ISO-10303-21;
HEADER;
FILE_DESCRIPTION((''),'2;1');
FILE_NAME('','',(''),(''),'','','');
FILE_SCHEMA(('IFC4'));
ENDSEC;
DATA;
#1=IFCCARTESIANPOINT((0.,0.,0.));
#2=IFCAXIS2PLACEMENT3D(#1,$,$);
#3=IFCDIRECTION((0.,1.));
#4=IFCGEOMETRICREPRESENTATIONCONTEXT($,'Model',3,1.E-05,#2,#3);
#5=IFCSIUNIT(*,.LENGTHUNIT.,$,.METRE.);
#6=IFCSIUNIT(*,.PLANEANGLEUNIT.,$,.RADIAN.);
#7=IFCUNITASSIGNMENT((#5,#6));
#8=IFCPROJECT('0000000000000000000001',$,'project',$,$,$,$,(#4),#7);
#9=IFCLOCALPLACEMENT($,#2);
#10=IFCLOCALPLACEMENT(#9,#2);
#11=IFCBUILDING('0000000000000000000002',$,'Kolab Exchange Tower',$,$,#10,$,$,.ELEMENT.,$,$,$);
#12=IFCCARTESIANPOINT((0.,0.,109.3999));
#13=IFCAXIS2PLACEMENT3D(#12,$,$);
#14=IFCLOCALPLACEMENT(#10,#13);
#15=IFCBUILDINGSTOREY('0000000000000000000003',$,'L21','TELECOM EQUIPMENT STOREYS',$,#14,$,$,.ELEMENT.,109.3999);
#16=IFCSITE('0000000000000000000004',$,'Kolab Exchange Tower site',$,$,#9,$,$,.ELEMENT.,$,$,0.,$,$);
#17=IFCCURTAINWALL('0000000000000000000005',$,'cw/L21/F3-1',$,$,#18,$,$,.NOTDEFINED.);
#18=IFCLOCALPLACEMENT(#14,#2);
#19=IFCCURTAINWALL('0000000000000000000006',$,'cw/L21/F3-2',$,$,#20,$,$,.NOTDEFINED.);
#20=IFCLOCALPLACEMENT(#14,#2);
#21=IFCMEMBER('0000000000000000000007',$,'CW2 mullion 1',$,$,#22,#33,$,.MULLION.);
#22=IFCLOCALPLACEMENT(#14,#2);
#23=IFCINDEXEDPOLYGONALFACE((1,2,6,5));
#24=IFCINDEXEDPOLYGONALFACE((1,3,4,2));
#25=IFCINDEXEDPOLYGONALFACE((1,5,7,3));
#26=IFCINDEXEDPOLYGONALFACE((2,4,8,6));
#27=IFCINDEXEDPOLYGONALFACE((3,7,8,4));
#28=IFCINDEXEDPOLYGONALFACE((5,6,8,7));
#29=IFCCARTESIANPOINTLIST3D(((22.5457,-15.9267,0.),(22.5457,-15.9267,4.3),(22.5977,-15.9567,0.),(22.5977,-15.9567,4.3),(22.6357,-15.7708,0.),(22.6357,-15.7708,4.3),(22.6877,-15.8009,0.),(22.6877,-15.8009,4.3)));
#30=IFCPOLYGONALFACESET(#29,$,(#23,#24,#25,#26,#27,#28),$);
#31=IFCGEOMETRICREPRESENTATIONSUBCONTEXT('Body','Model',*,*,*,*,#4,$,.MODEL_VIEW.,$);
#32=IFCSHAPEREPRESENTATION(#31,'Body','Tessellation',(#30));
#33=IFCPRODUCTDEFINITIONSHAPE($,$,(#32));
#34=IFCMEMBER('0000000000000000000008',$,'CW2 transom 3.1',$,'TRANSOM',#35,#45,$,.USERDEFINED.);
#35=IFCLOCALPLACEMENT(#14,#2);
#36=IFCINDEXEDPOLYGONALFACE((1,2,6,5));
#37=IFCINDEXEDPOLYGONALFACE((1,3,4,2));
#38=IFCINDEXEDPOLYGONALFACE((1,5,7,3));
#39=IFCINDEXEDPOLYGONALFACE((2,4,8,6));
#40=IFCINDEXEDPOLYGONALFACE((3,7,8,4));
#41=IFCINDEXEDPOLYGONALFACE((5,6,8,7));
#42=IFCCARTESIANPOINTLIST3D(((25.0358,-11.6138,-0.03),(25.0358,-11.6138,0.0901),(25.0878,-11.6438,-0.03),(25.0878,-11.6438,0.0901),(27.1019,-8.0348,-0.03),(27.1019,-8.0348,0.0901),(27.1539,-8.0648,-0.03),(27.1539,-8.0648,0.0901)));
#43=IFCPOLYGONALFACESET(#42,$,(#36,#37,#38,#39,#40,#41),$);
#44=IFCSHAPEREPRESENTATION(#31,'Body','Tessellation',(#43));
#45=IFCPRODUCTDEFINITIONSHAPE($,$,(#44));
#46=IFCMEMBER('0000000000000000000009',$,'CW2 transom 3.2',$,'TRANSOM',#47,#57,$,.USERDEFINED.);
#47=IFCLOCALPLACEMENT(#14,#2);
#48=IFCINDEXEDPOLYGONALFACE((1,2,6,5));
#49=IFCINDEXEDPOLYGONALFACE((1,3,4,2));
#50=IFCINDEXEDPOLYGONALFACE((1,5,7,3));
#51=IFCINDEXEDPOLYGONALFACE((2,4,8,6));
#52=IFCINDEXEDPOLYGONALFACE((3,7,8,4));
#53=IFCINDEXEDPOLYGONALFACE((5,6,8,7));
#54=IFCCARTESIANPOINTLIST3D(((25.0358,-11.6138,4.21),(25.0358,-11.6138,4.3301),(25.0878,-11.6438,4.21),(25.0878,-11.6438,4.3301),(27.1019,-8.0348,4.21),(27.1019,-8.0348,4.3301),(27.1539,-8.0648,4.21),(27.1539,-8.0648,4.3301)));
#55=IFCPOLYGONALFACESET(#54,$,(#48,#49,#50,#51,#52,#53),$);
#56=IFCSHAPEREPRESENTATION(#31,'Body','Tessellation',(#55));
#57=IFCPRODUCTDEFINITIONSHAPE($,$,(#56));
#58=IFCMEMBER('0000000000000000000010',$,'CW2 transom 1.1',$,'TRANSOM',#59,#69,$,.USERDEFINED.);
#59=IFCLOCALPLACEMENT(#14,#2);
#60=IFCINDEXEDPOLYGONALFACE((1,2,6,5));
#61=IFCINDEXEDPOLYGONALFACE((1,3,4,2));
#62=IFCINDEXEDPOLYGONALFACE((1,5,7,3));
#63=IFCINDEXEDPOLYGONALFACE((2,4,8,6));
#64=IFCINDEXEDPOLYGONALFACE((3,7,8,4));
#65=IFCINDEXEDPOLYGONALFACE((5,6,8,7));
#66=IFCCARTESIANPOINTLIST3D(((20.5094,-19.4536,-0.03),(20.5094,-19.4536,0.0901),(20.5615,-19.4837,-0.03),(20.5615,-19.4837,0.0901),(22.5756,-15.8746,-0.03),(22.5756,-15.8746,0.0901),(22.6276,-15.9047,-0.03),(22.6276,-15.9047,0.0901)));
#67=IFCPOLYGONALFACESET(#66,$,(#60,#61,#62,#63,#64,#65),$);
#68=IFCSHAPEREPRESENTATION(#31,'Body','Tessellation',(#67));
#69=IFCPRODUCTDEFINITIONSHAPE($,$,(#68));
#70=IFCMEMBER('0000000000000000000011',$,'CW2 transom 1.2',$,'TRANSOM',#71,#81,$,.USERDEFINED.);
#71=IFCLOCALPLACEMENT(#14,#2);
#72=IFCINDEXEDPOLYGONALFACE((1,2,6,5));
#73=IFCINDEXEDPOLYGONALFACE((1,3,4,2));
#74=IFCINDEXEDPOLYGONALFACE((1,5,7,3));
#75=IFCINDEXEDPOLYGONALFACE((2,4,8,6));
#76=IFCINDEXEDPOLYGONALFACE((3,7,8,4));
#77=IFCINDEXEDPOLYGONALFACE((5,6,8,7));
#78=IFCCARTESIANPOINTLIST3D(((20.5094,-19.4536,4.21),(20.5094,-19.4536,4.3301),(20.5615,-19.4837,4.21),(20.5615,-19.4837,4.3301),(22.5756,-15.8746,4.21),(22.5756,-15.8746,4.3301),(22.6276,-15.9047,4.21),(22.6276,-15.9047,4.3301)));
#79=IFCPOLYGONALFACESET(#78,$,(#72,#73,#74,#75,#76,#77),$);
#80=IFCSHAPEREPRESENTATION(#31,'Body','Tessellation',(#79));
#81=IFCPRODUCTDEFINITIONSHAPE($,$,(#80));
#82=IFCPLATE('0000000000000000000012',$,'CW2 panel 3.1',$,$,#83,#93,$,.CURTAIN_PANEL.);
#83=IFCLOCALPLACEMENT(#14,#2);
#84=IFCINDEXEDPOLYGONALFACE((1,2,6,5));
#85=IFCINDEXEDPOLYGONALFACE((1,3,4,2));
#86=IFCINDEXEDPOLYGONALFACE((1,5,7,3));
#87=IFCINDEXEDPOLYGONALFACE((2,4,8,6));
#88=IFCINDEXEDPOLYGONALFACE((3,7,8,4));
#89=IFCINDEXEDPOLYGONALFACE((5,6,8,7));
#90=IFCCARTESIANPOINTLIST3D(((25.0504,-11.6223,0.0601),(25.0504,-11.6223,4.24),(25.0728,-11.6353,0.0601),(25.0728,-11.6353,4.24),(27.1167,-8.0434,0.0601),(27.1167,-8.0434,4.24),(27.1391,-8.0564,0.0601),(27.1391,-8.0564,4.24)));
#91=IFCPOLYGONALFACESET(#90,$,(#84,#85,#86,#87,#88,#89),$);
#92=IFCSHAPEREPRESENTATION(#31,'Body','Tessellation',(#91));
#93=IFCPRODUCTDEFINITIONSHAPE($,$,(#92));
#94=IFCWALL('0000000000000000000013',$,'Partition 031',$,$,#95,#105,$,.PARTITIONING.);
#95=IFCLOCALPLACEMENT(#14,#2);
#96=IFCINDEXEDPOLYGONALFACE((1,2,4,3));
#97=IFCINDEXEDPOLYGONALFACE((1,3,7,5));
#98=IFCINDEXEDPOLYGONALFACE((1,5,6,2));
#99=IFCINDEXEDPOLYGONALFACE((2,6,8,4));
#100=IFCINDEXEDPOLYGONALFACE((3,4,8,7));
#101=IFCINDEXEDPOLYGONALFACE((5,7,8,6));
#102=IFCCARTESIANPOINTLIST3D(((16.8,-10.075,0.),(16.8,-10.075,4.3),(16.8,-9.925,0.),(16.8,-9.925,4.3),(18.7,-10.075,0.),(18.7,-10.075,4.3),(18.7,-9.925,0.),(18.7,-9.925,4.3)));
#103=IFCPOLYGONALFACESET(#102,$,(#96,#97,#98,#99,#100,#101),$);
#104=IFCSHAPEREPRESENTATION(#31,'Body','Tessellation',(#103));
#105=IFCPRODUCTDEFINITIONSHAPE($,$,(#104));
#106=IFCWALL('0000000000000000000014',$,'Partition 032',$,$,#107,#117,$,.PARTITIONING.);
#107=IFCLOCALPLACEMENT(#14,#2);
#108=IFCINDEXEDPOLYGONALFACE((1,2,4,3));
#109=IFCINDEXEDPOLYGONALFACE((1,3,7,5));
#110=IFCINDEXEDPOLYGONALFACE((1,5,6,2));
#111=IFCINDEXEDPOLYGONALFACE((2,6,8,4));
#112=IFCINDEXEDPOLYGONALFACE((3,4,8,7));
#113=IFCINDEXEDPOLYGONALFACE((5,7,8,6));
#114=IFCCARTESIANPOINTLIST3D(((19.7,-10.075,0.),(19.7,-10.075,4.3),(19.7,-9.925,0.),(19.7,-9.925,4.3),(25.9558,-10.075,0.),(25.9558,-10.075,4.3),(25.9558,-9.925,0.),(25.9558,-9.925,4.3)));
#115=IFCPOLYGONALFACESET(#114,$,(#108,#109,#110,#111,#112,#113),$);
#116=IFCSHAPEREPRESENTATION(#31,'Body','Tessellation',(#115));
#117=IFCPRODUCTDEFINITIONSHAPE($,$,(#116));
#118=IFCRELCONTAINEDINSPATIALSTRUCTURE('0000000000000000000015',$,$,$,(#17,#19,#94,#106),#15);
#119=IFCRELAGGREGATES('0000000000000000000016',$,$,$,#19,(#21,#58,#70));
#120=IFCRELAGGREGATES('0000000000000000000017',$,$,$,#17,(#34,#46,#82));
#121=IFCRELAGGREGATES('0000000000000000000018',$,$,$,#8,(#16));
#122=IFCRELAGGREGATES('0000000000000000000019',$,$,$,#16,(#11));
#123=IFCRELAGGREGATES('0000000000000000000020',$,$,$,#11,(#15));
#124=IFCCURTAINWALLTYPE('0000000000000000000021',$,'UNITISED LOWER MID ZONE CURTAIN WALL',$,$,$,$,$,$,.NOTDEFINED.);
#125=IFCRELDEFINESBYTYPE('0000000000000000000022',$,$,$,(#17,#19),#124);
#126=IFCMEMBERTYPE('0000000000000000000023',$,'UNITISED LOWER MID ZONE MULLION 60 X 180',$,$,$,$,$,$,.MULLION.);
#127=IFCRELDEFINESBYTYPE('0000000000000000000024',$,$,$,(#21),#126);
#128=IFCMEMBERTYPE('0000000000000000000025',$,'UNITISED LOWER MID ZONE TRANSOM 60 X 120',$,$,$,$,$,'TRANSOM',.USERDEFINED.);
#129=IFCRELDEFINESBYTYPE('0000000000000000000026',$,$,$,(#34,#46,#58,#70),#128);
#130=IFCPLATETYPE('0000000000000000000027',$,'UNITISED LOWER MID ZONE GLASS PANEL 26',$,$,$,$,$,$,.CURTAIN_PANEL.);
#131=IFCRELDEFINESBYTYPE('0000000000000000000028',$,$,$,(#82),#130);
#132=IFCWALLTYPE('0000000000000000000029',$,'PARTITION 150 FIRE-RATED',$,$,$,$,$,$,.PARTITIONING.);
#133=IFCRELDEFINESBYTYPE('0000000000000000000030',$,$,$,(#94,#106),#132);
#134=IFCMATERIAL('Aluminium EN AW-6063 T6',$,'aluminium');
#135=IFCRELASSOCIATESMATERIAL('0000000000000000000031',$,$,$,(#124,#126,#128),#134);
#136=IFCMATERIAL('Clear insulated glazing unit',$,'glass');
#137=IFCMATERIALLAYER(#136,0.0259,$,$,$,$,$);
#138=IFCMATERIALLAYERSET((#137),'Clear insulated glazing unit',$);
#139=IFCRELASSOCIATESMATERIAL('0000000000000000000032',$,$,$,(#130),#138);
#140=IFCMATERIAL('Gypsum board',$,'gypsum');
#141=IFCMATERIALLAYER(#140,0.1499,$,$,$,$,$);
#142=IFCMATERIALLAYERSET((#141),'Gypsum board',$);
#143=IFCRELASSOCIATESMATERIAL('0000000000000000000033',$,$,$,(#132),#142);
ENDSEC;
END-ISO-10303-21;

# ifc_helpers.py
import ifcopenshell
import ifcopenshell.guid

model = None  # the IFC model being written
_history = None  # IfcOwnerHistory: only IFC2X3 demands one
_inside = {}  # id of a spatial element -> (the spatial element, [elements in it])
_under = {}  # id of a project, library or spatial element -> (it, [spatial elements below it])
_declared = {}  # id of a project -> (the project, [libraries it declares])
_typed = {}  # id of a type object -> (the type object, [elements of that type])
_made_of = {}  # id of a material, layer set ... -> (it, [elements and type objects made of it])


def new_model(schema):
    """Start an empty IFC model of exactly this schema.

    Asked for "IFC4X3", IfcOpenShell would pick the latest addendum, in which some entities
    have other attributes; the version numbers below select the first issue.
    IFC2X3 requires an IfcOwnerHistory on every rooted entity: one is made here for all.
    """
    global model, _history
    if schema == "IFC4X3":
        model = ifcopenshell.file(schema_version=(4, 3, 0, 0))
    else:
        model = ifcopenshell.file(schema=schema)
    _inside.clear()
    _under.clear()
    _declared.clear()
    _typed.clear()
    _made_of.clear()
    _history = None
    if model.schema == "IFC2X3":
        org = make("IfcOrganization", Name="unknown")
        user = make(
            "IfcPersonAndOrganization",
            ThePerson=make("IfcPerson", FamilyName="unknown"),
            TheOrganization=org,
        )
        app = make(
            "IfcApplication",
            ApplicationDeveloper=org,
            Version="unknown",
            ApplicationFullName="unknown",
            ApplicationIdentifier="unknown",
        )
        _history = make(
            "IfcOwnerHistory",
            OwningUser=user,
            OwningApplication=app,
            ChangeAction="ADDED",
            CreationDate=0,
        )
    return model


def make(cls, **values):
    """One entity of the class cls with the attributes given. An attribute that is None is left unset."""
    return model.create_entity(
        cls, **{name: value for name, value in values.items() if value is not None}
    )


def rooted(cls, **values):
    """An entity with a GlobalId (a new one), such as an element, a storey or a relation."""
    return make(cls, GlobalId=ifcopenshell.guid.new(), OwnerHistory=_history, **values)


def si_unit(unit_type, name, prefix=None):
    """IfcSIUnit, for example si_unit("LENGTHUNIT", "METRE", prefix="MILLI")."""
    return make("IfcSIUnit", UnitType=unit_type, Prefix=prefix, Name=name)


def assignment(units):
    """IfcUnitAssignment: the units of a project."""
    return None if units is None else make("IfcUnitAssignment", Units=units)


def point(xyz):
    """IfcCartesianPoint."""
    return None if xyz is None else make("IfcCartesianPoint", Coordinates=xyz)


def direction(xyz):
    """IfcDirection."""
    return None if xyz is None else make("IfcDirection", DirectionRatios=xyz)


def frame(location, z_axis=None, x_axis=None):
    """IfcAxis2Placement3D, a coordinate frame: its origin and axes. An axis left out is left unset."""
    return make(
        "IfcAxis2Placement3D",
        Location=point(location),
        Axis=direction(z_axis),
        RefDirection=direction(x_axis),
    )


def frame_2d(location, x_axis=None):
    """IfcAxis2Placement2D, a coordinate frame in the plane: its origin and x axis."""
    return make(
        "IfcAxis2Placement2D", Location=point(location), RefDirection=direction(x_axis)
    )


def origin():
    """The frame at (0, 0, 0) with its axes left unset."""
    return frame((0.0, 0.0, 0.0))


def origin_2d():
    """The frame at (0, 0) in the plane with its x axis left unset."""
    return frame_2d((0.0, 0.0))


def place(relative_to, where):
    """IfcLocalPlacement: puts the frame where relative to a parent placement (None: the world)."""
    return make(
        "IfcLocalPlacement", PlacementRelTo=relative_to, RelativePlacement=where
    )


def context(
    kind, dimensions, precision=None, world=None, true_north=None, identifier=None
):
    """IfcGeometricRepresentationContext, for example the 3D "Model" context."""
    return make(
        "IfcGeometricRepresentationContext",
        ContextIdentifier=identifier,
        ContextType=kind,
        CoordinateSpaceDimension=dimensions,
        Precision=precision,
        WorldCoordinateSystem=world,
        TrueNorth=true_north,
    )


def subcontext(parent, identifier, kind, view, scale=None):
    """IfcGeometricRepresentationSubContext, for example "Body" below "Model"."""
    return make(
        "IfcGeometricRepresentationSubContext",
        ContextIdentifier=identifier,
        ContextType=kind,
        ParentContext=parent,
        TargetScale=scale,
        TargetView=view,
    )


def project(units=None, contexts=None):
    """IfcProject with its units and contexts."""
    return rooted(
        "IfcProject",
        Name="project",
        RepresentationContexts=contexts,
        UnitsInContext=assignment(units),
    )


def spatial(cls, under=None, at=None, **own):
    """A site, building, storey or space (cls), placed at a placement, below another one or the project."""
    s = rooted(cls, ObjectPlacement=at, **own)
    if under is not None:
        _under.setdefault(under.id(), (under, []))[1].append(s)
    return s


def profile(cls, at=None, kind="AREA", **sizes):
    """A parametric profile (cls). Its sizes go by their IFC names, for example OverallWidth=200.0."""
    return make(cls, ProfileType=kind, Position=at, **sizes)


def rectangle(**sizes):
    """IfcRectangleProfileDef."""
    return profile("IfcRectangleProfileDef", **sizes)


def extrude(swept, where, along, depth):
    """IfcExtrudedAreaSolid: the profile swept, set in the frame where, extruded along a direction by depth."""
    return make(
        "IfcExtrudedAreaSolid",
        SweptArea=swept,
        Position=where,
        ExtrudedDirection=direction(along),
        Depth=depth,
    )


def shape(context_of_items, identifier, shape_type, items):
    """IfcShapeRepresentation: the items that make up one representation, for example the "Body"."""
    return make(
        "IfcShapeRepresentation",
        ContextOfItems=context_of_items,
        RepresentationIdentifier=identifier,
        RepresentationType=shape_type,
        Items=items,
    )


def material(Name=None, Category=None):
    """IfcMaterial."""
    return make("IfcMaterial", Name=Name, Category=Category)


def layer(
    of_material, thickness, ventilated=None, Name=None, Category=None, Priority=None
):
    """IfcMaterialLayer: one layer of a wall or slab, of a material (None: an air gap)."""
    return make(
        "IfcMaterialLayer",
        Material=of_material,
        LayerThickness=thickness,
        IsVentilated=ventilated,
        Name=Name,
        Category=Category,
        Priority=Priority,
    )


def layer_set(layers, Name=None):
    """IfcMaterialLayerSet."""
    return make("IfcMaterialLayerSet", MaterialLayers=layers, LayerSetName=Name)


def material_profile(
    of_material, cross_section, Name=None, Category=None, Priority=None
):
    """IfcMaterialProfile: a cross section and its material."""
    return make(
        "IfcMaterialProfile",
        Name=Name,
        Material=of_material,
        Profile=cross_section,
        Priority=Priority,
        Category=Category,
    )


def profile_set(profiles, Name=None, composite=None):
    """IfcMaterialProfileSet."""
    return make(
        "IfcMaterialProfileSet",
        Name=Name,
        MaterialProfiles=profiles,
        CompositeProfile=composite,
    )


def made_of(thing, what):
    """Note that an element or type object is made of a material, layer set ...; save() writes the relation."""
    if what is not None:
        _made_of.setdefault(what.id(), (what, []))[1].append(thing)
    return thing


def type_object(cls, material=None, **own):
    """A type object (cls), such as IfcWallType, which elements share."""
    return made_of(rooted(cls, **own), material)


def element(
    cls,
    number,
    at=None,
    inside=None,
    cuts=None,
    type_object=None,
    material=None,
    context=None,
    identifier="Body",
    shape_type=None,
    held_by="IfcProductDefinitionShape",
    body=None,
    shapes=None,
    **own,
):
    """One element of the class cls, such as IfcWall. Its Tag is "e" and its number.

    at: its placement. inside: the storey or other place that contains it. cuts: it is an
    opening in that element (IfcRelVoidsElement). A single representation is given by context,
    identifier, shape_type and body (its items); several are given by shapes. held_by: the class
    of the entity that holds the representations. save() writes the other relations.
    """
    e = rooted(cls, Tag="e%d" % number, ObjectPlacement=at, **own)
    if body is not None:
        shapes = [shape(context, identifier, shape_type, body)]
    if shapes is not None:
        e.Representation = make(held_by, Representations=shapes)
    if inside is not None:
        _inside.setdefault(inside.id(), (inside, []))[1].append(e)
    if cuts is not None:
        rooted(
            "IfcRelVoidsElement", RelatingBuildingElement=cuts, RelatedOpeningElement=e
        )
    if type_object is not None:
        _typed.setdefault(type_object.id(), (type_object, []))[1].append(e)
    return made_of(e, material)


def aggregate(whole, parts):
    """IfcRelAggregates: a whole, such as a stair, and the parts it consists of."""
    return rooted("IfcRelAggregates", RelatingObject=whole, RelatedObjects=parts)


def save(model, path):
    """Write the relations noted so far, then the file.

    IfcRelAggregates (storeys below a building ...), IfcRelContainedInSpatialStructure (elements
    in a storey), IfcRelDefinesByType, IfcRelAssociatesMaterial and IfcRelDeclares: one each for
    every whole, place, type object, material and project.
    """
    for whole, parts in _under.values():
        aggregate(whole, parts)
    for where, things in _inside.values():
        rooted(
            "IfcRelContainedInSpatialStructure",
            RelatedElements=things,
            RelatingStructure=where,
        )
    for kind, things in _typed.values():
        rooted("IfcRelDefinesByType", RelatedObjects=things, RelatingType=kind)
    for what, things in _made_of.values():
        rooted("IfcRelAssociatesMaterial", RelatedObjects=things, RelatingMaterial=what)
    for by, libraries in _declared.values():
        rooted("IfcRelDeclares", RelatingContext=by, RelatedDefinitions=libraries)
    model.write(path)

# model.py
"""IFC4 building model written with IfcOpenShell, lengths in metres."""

from ifc_helpers import new_model, si_unit, direction, frame, frame_2d, origin, origin_2d, place, context, subcontext, project, spatial, rectangle, extrude, material, layer, layer_set, material_profile, profile_set, type_object, element, aggregate, save


model = new_model("IFC4")

# Units and contexts
model_context = context("Model", 3, precision=1e-05, world=origin(), true_north=direction((0.0, 1.0)))
body_context = subcontext(model_context, "Body", "Model", "MODEL_VIEW")
ifc_project = project(units=[si_unit("LENGTHUNIT", "METRE"), si_unit("PLANEANGLEUNIT", "RADIAN")], contexts=[model_context])

# Site, building, storey
site_placement = place(None, origin())
site = spatial("IfcSite", under=ifc_project, at=site_placement, Name="Kolab Exchange Tower site", CompositionType="ELEMENT", RefElevation=0.0)
building_placement = place(site_placement, origin())
building = spatial("IfcBuilding", under=site, at=building_placement, Name="Kolab Exchange Tower", CompositionType="ELEMENT")
storey_placement = place(building_placement, frame((0.0, 0.0, 109.3999)))
storey = spatial("IfcBuildingStorey", under=building, at=storey_placement, Name="L21", Description="TELECOM EQUIPMENT STOREYS", CompositionType="ELEMENT", Elevation=109.3999)

# Curtain wall
ifc_material_1 = material(Name="Aluminium EN AW-6063 T6", Category="aluminium")
curtain_wall_type = type_object("IfcCurtainWallType", Name="UNITISED LOWER MID ZONE CURTAIN WALL", PredefinedType="NOTDEFINED", material=ifc_material_1)
curtain_wall_1_placement = place(storey_placement, origin())
curtain_wall_1 = element("IfcCurtainWall", 1, at=curtain_wall_1_placement, inside=storey, type_object=curtain_wall_type, Name="cw/L21/F3-1", PredefinedType="NOTDEFINED")
ifc_material_profile_1 = material_profile(ifc_material_1, rectangle(XDim=0.0601, YDim=0.1799, at=origin_2d()), Name="RECT 60X180")
ifc_profile_set_1 = profile_set([ifc_material_profile_1], Name="Aluminium EN AW-6063 T6")
member_type_1 = type_object("IfcMemberType", Name="UNITISED LOWER MID ZONE MULLION 60 X 180", PredefinedType="MULLION", material=ifc_profile_set_1)

# Curtain wall, member
curtain_wall_2_placement = place(storey_placement, origin())
curtain_wall_2 = element("IfcCurtainWall", 2, at=curtain_wall_2_placement, inside=storey, type_object=curtain_wall_type, Name="cw/L21/F3-2", PredefinedType="NOTDEFINED")
member_1_placement = place(storey_placement, frame((22.6167, -15.8638, 0.0), z_axis=(0.0, 0.0, 1.0), x_axis=(0.866025, -0.5, 0.0)))
member_1 = element("IfcMember", 3, at=member_1_placement, type_object=member_type_1, Name="CW2 mullion 1", PredefinedType="MULLION", context=body_context, shape_type="SweptSolid", body=[
    extrude(rectangle(XDim=0.0601, YDim=0.1799, at=origin_2d()), origin(), (0.0, 0.0, 1.0), 4.3),
])

# Members
ifc_material_profile_2 = material_profile(ifc_material_1, rectangle(XDim=0.0601, YDim=0.1201, at=origin_2d()), Name="RECT 60X120")
ifc_profile_set_2 = profile_set([ifc_material_profile_2], Name="Aluminium EN AW-6063 T6")
member_type_2 = type_object("IfcMemberType", Name="UNITISED LOWER MID ZONE TRANSOM 60 X 120", ElementType="TRANSOM", PredefinedType="USERDEFINED", material=ifc_profile_set_2)
member_2_placement = place(storey_placement, frame((27.1279, -8.0498, 0.03), z_axis=(-0.499958, -0.86605, 0.0), x_axis=(0.86605, -0.499958, 0.0)))
member_2 = element("IfcMember", 4, at=member_2_placement, type_object=member_type_2, Name="CW2 transom 3.1", ObjectType="TRANSOM", PredefinedType="USERDEFINED", context=body_context, shape_type="SweptSolid", body=[
    extrude(rectangle(XDim=0.0601, YDim=0.1201, at=origin_2d()), origin(), (0.0, 0.0, 1.0), 4.1326),
])
member_3_placement = place(storey_placement, frame((27.1279, -8.0498, 4.27), z_axis=(-0.499958, -0.86605, 0.0), x_axis=(0.86605, -0.499958, 0.0)))
member_3 = element("IfcMember", 5, at=member_3_placement, type_object=member_type_2, Name="CW2 transom 3.2", ObjectType="TRANSOM", PredefinedType="USERDEFINED", context=body_context, shape_type="SweptSolid", body=[
    extrude(rectangle(XDim=0.0601, YDim=0.1201, at=origin_2d()), origin(), (0.0, 0.0, 1.0), 4.1326),
])
member_4_placement = place(storey_placement, frame((22.6016, -15.8896, 0.03), z_axis=(-0.499958, -0.86605, 0.0), x_axis=(0.86605, -0.499958, 0.0)))
member_4 = element("IfcMember", 6, at=member_4_placement, type_object=member_type_2, Name="CW2 transom 1.1", ObjectType="TRANSOM", PredefinedType="USERDEFINED", context=body_context, shape_type="SweptSolid", body=[
    extrude(rectangle(XDim=0.0601, YDim=0.1201, at=origin_2d()), origin(), (0.0, 0.0, 1.0), 4.1326),
])
member_5_placement = place(storey_placement, frame((22.6016, -15.8896, 4.27), z_axis=(-0.499958, -0.86605, 0.0), x_axis=(0.86605, -0.499958, 0.0)))
member_5 = element("IfcMember", 7, at=member_5_placement, type_object=member_type_2, Name="CW2 transom 1.2", ObjectType="TRANSOM", PredefinedType="USERDEFINED", context=body_context, shape_type="SweptSolid", body=[
    extrude(rectangle(XDim=0.0601, YDim=0.1201, at=origin_2d()), origin(), (0.0, 0.0, 1.0), 4.1326),
])
aggregate(curtain_wall_2, [member_1, member_4, member_5])

# Plate
ifc_material_2 = material(Name="Clear insulated glazing unit", Category="glass")
ifc_layer_1 = layer(ifc_material_2, 0.0259)
ifc_layer_set_1 = layer_set([ifc_layer_1], Name="Clear insulated glazing unit")
plate_type = type_object("IfcPlateType", Name="UNITISED LOWER MID ZONE GLASS PANEL 26", PredefinedType="CURTAIN_PANEL", material=ifc_layer_set_1)
plate_placement = place(storey_placement, frame((26.0947, -9.8394, 0.0601), z_axis=(0.0, 0.0, 1.0), x_axis=(-0.5, -0.866025, 0.0)))
plate = element("IfcPlate", 8, at=plate_placement, type_object=plate_type, Name="CW2 panel 3.1", PredefinedType="CURTAIN_PANEL", context=body_context, shape_type="SweptSolid", body=[
    extrude(rectangle(XDim=4.1326, YDim=0.0259, at=origin_2d()), origin(), (0.0, 0.0, 1.0), 4.1799),
])
aggregate(curtain_wall_1, [member_2, member_3, plate])

# Walls
ifc_material_3 = material(Name="Gypsum board", Category="gypsum")
ifc_layer_2 = layer(ifc_material_3, 0.1499)
ifc_layer_set_2 = layer_set([ifc_layer_2], Name="Gypsum board")
wall_type_1 = type_object("IfcWallType", Name="PARTITION 150 FIRE-RATED", PredefinedType="PARTITIONING", material=ifc_layer_set_2)
wall_1_placement = place(storey_placement, frame((16.8, -10.0, 0.0), z_axis=(0.0, 0.0, 1.0), x_axis=(1.0, 0.0, 0.0)))
element("IfcWall", 9, at=wall_1_placement, inside=storey, type_object=wall_type_1, Name="Partition 031", PredefinedType="PARTITIONING", context=body_context, shape_type="SweptSolid", body=[
    extrude(rectangle(XDim=1.8999, YDim=0.1499, at=frame_2d((0.95, 0.0))), origin(), (0.0, 0.0, 1.0), 4.3),
])
wall_2_placement = place(storey_placement, frame((19.7, -10.0, 0.0), z_axis=(0.0, 0.0, 1.0), x_axis=(1.0, 0.0, 0.0)))
element("IfcWall", 10, at=wall_2_placement, inside=storey, type_object=wall_type_1, Name="Partition 032", PredefinedType="PARTITIONING", context=body_context, shape_type="SweptSolid", body=[
    extrude(rectangle(XDim=6.2559, YDim=0.1499, at=frame_2d((3.1279, 0.0))), origin(), (0.0, 0.0, 1.0), 4.3),
])

save(model, "model.ifc")
